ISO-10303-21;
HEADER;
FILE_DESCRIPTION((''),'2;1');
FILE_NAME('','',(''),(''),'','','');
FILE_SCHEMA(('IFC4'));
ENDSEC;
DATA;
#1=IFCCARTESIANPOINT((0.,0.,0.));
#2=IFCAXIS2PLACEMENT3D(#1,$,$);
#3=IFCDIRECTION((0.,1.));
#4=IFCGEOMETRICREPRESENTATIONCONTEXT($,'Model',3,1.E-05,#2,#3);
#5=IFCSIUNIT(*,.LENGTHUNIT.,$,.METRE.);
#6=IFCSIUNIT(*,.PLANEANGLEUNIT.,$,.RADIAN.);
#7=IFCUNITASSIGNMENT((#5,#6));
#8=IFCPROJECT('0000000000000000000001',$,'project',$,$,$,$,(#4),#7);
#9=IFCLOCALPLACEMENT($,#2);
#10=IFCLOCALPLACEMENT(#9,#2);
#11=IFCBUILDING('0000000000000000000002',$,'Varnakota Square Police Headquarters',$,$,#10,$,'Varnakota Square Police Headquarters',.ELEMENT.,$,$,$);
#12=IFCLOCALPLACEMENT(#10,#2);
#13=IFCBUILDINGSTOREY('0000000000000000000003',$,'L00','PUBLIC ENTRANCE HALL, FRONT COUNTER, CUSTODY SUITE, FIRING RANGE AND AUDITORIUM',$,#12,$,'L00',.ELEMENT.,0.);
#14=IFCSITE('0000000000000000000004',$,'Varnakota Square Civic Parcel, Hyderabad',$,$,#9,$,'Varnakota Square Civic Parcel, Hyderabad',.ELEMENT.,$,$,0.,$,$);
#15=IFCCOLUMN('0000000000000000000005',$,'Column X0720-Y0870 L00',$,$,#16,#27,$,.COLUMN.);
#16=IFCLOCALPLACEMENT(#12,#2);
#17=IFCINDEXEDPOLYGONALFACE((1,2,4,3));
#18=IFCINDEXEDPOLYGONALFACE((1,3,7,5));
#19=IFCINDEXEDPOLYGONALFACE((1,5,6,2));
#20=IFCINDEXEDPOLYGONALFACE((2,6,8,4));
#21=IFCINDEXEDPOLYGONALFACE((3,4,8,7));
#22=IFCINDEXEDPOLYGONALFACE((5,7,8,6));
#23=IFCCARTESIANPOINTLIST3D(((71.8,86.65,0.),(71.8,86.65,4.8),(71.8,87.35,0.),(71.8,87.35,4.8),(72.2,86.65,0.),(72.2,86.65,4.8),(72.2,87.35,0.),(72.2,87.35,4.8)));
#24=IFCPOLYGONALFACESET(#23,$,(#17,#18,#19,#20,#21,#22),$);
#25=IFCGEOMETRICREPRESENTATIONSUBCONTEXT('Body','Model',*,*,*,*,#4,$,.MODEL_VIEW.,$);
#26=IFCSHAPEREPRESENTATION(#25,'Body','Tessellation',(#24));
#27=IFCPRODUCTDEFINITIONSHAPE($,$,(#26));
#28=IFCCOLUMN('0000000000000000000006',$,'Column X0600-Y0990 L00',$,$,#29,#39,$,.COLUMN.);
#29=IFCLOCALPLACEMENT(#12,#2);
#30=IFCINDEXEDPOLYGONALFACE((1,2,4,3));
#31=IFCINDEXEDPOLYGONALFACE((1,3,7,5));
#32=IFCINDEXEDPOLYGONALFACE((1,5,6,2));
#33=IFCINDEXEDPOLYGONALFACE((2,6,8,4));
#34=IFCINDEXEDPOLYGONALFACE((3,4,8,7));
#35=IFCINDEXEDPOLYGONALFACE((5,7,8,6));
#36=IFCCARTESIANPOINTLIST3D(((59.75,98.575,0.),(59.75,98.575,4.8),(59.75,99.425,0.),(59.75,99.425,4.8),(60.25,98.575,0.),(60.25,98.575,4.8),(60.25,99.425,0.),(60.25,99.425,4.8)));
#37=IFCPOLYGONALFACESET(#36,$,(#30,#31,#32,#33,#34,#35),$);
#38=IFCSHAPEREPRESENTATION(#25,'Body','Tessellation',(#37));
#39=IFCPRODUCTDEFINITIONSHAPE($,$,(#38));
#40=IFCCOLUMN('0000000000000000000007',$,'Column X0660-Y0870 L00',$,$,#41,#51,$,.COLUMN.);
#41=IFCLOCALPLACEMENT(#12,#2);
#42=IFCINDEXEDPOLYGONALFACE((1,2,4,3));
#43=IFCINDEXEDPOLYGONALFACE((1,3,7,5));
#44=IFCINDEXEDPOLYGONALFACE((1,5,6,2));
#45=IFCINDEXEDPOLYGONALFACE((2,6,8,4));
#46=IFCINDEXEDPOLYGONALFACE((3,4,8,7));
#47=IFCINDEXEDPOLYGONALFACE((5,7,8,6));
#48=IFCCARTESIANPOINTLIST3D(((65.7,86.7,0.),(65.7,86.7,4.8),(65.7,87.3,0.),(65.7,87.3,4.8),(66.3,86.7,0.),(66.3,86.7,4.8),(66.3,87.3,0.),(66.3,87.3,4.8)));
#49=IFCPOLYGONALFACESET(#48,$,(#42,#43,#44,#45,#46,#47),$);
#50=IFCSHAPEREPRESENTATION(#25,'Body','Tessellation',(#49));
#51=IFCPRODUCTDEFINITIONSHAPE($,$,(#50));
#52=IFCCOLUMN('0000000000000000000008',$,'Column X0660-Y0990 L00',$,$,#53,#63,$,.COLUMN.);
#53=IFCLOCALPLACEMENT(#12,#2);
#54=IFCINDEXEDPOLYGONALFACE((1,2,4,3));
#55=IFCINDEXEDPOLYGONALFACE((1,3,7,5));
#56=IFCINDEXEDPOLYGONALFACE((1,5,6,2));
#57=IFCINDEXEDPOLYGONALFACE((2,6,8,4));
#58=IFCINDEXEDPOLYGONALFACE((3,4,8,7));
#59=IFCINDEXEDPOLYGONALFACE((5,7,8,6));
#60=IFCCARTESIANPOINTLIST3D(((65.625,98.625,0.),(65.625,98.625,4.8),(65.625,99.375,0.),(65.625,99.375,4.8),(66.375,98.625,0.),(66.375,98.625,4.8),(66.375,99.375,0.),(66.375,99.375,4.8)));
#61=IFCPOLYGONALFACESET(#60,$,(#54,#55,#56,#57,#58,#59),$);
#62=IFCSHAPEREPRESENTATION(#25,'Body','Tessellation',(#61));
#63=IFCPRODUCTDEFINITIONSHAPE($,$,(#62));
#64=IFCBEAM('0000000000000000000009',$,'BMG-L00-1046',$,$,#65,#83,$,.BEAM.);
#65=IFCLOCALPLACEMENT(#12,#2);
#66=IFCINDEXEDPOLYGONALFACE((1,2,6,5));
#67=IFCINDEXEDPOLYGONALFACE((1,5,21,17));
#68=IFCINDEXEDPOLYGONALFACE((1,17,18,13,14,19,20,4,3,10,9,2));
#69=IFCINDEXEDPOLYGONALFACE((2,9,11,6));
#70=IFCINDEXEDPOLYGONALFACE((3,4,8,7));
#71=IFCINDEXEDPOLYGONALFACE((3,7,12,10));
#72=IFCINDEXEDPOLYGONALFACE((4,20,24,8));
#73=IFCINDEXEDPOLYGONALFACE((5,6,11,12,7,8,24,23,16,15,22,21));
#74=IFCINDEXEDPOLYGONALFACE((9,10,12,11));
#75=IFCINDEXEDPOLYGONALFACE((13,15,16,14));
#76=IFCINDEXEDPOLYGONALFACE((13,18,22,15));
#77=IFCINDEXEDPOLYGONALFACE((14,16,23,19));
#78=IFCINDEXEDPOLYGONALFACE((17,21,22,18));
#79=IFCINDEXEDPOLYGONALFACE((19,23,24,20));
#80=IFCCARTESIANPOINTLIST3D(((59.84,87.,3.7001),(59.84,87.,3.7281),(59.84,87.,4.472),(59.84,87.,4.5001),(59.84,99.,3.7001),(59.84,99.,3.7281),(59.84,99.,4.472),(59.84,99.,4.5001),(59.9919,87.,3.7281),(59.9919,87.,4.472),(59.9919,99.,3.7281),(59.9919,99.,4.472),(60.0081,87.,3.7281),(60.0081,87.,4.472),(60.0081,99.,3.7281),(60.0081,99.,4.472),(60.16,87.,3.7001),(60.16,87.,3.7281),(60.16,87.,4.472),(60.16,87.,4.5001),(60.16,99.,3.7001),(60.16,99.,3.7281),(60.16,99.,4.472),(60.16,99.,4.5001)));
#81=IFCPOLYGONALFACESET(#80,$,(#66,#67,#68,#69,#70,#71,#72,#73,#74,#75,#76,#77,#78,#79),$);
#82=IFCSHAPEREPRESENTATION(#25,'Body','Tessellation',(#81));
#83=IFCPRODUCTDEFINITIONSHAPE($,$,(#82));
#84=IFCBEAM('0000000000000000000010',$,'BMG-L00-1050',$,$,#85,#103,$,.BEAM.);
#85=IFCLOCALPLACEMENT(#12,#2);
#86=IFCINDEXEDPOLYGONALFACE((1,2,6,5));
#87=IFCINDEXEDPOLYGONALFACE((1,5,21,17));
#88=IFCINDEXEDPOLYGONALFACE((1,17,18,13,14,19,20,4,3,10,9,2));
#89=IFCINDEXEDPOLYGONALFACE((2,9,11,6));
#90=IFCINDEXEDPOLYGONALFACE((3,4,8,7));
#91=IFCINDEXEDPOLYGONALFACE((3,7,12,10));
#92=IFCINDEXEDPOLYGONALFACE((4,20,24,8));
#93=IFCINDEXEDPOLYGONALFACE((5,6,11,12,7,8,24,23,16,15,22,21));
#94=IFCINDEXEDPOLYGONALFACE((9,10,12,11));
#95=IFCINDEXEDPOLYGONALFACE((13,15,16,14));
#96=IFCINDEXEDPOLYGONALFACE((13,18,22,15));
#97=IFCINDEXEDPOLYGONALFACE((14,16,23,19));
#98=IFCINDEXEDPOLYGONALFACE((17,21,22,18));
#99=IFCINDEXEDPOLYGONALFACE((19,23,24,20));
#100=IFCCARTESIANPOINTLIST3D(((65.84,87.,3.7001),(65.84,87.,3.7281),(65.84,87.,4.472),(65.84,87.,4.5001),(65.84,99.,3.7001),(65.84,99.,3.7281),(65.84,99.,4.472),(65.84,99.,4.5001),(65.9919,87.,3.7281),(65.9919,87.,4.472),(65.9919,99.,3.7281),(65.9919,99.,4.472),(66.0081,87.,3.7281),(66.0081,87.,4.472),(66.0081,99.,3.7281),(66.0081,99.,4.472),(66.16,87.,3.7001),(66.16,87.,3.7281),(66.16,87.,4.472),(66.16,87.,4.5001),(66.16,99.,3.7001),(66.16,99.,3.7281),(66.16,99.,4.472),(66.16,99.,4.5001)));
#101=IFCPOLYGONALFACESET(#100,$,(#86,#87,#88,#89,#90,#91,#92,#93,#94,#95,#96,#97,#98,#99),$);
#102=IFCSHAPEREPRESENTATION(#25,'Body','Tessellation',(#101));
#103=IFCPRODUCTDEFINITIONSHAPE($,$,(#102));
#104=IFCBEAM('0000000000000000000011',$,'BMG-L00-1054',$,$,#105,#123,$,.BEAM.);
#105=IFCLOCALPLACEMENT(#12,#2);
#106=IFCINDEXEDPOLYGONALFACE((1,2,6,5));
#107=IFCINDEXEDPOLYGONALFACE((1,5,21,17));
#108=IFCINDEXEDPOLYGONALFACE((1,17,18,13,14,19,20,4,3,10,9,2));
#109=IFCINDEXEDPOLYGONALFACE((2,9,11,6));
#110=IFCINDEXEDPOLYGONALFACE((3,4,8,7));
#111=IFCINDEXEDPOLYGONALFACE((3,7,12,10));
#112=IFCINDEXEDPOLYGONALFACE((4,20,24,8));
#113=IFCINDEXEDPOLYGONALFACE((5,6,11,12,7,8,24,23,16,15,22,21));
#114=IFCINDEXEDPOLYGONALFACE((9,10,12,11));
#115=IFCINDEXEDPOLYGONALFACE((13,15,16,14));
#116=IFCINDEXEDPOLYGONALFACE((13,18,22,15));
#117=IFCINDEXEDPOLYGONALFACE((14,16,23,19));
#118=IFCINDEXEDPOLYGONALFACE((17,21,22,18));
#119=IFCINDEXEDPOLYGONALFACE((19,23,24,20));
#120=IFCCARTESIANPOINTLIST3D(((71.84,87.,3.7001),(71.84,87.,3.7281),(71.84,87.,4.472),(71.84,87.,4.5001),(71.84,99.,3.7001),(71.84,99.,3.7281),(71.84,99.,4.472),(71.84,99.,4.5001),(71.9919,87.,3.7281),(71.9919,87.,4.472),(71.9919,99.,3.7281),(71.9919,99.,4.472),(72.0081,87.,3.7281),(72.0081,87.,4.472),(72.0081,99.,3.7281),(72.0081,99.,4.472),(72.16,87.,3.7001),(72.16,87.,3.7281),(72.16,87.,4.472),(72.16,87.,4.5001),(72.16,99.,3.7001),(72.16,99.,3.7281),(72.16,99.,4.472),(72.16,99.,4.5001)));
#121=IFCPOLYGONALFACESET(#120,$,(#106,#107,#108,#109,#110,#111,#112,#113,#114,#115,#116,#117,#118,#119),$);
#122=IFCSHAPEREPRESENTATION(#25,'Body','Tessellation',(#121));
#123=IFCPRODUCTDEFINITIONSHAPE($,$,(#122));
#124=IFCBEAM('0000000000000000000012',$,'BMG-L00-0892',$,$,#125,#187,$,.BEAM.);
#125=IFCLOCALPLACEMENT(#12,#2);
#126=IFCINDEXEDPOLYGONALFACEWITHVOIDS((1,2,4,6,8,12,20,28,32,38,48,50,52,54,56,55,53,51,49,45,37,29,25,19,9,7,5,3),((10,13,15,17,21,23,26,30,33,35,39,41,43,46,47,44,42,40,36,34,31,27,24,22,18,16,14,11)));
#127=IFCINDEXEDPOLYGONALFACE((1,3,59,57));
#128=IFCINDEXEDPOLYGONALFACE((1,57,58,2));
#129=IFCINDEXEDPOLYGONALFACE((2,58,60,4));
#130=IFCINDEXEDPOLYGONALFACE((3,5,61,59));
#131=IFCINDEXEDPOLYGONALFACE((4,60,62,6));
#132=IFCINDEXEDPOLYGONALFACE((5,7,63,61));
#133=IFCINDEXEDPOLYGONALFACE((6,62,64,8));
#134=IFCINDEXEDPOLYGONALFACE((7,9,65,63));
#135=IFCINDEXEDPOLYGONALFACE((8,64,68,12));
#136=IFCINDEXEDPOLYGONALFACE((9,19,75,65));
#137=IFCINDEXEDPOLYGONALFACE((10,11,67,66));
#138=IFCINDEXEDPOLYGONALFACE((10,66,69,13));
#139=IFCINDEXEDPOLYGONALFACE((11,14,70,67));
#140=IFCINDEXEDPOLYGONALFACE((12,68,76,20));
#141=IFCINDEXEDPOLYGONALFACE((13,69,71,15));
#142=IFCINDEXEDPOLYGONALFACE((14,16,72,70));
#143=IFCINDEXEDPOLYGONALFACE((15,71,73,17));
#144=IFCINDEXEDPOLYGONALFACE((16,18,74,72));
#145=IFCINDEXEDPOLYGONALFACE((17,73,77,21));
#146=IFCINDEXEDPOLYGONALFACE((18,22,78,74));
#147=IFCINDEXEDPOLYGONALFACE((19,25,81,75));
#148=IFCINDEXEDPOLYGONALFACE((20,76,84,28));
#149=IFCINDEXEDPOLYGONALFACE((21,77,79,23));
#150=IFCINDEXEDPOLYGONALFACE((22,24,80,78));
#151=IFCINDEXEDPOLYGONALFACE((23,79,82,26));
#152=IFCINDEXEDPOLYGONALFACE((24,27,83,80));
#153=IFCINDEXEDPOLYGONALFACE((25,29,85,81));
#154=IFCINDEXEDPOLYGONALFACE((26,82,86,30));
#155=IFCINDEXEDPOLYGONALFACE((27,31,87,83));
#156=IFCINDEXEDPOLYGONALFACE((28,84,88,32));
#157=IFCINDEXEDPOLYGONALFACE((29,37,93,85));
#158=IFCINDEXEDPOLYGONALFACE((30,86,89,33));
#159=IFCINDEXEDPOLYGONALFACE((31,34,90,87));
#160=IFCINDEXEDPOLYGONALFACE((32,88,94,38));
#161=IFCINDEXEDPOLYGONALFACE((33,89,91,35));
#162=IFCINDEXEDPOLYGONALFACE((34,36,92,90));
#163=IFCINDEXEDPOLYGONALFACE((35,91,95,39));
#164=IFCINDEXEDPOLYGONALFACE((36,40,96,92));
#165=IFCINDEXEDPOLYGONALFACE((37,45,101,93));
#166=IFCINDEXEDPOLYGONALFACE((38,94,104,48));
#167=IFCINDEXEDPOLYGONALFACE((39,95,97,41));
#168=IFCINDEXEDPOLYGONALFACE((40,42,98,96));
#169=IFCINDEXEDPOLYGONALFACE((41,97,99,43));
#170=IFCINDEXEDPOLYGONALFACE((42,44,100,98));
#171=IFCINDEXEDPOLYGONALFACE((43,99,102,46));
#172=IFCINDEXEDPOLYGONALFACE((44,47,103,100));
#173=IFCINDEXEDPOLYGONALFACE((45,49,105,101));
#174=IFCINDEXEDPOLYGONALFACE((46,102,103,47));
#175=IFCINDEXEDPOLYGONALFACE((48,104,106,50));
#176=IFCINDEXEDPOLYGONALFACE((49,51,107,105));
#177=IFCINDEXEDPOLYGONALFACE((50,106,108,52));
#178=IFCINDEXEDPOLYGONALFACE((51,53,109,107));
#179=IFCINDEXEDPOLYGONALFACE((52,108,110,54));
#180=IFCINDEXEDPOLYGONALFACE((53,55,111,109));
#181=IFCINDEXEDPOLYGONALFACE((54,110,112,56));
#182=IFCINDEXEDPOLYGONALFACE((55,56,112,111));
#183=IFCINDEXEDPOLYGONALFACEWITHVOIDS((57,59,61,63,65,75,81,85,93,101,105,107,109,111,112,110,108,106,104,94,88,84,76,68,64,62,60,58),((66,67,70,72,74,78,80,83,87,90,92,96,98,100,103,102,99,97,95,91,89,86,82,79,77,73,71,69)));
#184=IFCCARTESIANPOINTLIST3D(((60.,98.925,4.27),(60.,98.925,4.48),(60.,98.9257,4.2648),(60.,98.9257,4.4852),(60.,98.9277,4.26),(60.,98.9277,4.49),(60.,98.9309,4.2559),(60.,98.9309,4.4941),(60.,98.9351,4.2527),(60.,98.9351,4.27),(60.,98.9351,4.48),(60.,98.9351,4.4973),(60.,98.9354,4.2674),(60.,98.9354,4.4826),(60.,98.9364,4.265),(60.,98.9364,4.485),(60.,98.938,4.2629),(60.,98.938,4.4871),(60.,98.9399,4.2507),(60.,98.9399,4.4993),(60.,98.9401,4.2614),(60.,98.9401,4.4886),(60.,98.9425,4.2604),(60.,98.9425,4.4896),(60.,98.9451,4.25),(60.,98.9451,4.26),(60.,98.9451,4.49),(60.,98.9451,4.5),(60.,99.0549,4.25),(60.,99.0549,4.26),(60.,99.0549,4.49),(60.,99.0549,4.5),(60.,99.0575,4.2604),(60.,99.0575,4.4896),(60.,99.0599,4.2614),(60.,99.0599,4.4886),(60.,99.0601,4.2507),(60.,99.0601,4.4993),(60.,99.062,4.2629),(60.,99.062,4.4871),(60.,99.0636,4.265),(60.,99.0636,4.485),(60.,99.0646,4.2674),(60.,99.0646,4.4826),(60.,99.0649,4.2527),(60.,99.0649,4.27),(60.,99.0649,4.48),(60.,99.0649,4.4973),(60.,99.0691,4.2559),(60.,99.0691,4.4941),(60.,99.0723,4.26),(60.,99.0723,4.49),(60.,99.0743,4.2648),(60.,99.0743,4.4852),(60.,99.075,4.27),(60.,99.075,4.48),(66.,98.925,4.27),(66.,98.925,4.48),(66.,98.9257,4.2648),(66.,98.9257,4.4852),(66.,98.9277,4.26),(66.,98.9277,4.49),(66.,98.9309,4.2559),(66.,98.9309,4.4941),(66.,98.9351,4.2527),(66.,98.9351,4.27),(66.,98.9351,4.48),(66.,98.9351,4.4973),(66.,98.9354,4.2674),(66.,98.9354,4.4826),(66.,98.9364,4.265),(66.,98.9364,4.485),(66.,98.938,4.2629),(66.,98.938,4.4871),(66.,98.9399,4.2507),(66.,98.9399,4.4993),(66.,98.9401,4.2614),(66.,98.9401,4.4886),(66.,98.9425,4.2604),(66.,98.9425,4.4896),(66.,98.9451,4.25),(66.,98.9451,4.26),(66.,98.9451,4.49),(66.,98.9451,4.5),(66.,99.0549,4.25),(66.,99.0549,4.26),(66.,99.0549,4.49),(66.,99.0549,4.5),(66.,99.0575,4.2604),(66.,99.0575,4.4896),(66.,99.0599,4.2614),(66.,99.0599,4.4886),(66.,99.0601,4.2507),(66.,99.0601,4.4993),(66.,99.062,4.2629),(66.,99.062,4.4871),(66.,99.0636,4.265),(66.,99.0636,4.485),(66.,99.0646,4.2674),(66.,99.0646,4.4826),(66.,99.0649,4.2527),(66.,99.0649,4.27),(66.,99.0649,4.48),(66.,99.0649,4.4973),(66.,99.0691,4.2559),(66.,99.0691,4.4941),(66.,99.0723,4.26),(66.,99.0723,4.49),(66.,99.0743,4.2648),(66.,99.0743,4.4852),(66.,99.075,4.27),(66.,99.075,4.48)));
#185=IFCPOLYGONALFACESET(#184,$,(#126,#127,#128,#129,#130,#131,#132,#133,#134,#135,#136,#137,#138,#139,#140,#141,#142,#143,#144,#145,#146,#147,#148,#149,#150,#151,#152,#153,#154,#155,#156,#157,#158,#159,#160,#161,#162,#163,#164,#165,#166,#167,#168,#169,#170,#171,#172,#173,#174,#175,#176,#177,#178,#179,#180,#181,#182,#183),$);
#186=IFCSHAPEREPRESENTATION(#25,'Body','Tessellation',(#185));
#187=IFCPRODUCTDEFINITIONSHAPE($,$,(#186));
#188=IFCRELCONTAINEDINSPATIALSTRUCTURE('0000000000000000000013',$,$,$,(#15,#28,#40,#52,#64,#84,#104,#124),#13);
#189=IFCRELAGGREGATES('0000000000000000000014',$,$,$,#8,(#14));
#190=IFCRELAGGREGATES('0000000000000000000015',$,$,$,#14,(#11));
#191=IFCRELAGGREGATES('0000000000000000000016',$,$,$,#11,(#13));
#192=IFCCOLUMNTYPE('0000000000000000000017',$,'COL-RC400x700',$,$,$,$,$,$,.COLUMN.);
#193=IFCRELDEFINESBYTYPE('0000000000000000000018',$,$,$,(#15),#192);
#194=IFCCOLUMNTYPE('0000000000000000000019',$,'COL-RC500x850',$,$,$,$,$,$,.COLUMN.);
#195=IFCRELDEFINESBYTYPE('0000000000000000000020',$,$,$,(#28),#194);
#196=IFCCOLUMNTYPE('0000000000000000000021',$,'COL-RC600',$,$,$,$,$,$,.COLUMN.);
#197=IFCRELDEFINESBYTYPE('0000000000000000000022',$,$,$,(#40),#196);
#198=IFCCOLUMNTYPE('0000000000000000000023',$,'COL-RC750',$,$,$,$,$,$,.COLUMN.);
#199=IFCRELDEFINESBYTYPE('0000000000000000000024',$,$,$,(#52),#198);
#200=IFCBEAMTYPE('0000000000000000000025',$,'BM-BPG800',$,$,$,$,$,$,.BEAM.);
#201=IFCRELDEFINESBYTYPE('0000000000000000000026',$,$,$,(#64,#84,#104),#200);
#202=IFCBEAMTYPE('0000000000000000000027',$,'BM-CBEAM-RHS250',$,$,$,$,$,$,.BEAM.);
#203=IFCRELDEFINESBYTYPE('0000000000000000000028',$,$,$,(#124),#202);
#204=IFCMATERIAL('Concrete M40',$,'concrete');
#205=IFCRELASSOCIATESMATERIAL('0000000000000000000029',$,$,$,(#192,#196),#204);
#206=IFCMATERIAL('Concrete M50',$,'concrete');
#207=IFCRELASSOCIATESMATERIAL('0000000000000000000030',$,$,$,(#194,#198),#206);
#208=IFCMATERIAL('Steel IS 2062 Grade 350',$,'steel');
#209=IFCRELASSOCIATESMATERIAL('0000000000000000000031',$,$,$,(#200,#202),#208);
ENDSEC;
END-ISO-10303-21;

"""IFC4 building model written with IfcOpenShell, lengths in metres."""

from ifc_helpers import new_model, si_unit, direction, frame, origin, origin_2d, place, context, subcontext, project, spatial, rectangle, hollow_rectangle, i_section, extrude, material, material_profile, profile_set, type_object, element, save


model = new_model("IFC4")

# Units and contexts
model_context = context("Model", 3, precision=1e-05, world=origin(), true_north=direction((0.0, 1.0)))
body_context = subcontext(model_context, "Body", "Model", "MODEL_VIEW")
ifc_project = project(units=[si_unit("LENGTHUNIT", "METRE"), si_unit("PLANEANGLEUNIT", "RADIAN")], contexts=[model_context])

# Site, building, storey
site_placement = place(None, origin())
site = spatial("IfcSite", under=ifc_project, at=site_placement, Name="Varnakota Square Civic Parcel, Hyderabad", LongName="Varnakota Square Civic Parcel, Hyderabad", CompositionType="ELEMENT", RefElevation=0.0)
building_placement = place(site_placement, origin())
building = spatial("IfcBuilding", under=site, at=building_placement, Name="Varnakota Square Police Headquarters", LongName="Varnakota Square Police Headquarters", CompositionType="ELEMENT")
storey_placement = place(building_placement, origin())
storey = spatial("IfcBuildingStorey", under=building, at=storey_placement, Name="L00", Description="PUBLIC ENTRANCE HALL, FRONT COUNTER, CUSTODY SUITE, FIRING RANGE AND AUDITORIUM", LongName="L00", CompositionType="ELEMENT", Elevation=0.0)

# Columns
ifc_material_1 = material(Name="Concrete M40", Category="concrete")
ifc_material_profile_1 = material_profile(ifc_material_1, rectangle(XDim=0.3999, YDim=0.7, at=origin_2d()), Name="RC 400x700")
ifc_profile_set_1 = profile_set([ifc_material_profile_1], Name="Concrete M40")
column_type_1 = type_object("IfcColumnType", Name="COL-RC400x700", PredefinedType="COLUMN", material=ifc_profile_set_1)
column_1_placement = place(storey_placement, frame((72.0, 87.0, 0.0), z_axis=(0.0, 0.0, 1.0), x_axis=(1.0, 0.0, 0.0)))
element("IfcColumn", 1, at=column_1_placement, inside=storey, type_object=column_type_1, Name="Column X0720-Y0870 L00", PredefinedType="COLUMN", context=body_context, shape_type="SweptSolid", body=[
    extrude(rectangle(XDim=0.3999, YDim=0.7, at=origin_2d()), origin(), (0.0, 0.0, 1.0), 4.8),
])
ifc_material_2 = material(Name="Concrete M50", Category="concrete")
ifc_material_profile_2 = material_profile(ifc_material_2, rectangle(XDim=0.5, YDim=0.8501, at=origin_2d()), Name="RC 500x850")
ifc_profile_set_2 = profile_set([ifc_material_profile_2], Name="Concrete M50")
column_type_2 = type_object("IfcColumnType", Name="COL-RC500x850", PredefinedType="COLUMN", material=ifc_profile_set_2)
column_2_placement = place(storey_placement, frame((60.0, 99.0, 0.0), z_axis=(0.0, 0.0, 1.0), x_axis=(1.0, 0.0, 0.0)))
element("IfcColumn", 2, at=column_2_placement, inside=storey, type_object=column_type_2, Name="Column X0600-Y0990 L00", PredefinedType="COLUMN", context=body_context, shape_type="SweptSolid", body=[
    extrude(rectangle(XDim=0.5, YDim=0.8501, at=origin_2d()), origin(), (0.0, 0.0, 1.0), 4.8),
])
ifc_material_profile_3 = material_profile(ifc_material_1, rectangle(XDim=0.6001, YDim=0.6001, at=origin_2d()), Name="RC 600x600")
ifc_profile_set_3 = profile_set([ifc_material_profile_3], Name="Concrete M40")
column_type_3 = type_object("IfcColumnType", Name="COL-RC600", PredefinedType="COLUMN", material=ifc_profile_set_3)
column_3_placement = place(storey_placement, frame((66.0, 87.0, 0.0), z_axis=(0.0, 0.0, 1.0), x_axis=(1.0, 0.0, 0.0)))
element("IfcColumn", 3, at=column_3_placement, inside=storey, type_object=column_type_3, Name="Column X0660-Y0870 L00", PredefinedType="COLUMN", context=body_context, shape_type="SweptSolid", body=[
    extrude(rectangle(XDim=0.6001, YDim=0.6001, at=origin_2d()), origin(), (0.0, 0.0, 1.0), 4.8),
])
ifc_material_profile_4 = material_profile(ifc_material_2, rectangle(XDim=0.75, YDim=0.75, at=origin_2d()), Name="RC 750x750")
ifc_profile_set_4 = profile_set([ifc_material_profile_4], Name="Concrete M50")
column_type_4 = type_object("IfcColumnType", Name="COL-RC750", PredefinedType="COLUMN", material=ifc_profile_set_4)
column_4_placement = place(storey_placement, frame((66.0, 99.0, 0.0), z_axis=(0.0, 0.0, 1.0), x_axis=(1.0, 0.0, 0.0)))
element("IfcColumn", 4, at=column_4_placement, inside=storey, type_object=column_type_4, Name="Column X0660-Y0990 L00", PredefinedType="COLUMN", context=body_context, shape_type="SweptSolid", body=[
    extrude(rectangle(XDim=0.75, YDim=0.75, at=origin_2d()), origin(), (0.0, 0.0, 1.0), 4.8),
])

# Beams
ifc_material_3 = material(Name="Steel IS 2062 Grade 350", Category="steel")
ifc_material_profile_5 = material_profile(ifc_material_3, i_section(OverallWidth=0.3201, OverallDepth=0.8, WebThickness=0.0161, FlangeThickness=0.0281, at=origin_2d()), Name="BPG 800x320")
ifc_profile_set_5 = profile_set([ifc_material_profile_5], Name="Steel IS 2062 Grade 350")
beam_type_1 = type_object("IfcBeamType", Name="BM-BPG800", PredefinedType="BEAM", material=ifc_profile_set_5)
for number, where, z_axis, x_axis, name in (
    (5, (60.0, 87.0, 4.1001), (0.0, 1.0, 0.0), (-1.0, 0.0, 0.0), "BMG-L00-1046"),
    (6, (66.0, 87.0, 4.1001), (0.0, 1.0, 0.0), (-1.0, 0.0, 0.0), "BMG-L00-1050"),
    (7, (72.0, 87.0, 4.1001), (0.0, 1.0, 0.0), (-1.0, 0.0, 0.0), "BMG-L00-1054"),
):
    element("IfcBeam", number, at=place(storey_placement, frame(where, z_axis=z_axis, x_axis=x_axis)), inside=storey, type_object=beam_type_1, Name=name, PredefinedType="BEAM", context=body_context, shape_type="SweptSolid", body=[
        extrude(i_section(OverallWidth=0.3201, OverallDepth=0.8, WebThickness=0.0161, FlangeThickness=0.0281, at=origin_2d()), origin(), (0.0, 0.0, 1.0), 12.0),
    ])
ifc_material_profile_6 = material_profile(ifc_material_3, hollow_rectangle(XDim=0.1499, YDim=0.25, WallThickness=0.01, InnerFilletRadius=0.01, OuterFilletRadius=0.02, at=origin_2d()), Name="RHS 250x150x10")
ifc_profile_set_6 = profile_set([ifc_material_profile_6], Name="Steel IS 2062 Grade 350")
beam_type_2 = type_object("IfcBeamType", Name="BM-CBEAM-RHS250", PredefinedType="BEAM", material=ifc_profile_set_6)
beam_1_placement = place(storey_placement, frame((60.0, 99.0, 4.375), z_axis=(1.0, 0.0, 0.0), x_axis=(0.0, 1.0, 0.0)))
element("IfcBeam", 8, at=beam_1_placement, inside=storey, type_object=beam_type_2, Name="BMG-L00-0892", PredefinedType="BEAM", context=body_context, shape_type="SweptSolid", body=[
    extrude(hollow_rectangle(XDim=0.1499, YDim=0.25, WallThickness=0.01, InnerFilletRadius=0.01, OuterFilletRadius=0.02, at=origin_2d()), origin(), (0.0, 0.0, 1.0), 6.0),
])

save(model, "model.ifc")
